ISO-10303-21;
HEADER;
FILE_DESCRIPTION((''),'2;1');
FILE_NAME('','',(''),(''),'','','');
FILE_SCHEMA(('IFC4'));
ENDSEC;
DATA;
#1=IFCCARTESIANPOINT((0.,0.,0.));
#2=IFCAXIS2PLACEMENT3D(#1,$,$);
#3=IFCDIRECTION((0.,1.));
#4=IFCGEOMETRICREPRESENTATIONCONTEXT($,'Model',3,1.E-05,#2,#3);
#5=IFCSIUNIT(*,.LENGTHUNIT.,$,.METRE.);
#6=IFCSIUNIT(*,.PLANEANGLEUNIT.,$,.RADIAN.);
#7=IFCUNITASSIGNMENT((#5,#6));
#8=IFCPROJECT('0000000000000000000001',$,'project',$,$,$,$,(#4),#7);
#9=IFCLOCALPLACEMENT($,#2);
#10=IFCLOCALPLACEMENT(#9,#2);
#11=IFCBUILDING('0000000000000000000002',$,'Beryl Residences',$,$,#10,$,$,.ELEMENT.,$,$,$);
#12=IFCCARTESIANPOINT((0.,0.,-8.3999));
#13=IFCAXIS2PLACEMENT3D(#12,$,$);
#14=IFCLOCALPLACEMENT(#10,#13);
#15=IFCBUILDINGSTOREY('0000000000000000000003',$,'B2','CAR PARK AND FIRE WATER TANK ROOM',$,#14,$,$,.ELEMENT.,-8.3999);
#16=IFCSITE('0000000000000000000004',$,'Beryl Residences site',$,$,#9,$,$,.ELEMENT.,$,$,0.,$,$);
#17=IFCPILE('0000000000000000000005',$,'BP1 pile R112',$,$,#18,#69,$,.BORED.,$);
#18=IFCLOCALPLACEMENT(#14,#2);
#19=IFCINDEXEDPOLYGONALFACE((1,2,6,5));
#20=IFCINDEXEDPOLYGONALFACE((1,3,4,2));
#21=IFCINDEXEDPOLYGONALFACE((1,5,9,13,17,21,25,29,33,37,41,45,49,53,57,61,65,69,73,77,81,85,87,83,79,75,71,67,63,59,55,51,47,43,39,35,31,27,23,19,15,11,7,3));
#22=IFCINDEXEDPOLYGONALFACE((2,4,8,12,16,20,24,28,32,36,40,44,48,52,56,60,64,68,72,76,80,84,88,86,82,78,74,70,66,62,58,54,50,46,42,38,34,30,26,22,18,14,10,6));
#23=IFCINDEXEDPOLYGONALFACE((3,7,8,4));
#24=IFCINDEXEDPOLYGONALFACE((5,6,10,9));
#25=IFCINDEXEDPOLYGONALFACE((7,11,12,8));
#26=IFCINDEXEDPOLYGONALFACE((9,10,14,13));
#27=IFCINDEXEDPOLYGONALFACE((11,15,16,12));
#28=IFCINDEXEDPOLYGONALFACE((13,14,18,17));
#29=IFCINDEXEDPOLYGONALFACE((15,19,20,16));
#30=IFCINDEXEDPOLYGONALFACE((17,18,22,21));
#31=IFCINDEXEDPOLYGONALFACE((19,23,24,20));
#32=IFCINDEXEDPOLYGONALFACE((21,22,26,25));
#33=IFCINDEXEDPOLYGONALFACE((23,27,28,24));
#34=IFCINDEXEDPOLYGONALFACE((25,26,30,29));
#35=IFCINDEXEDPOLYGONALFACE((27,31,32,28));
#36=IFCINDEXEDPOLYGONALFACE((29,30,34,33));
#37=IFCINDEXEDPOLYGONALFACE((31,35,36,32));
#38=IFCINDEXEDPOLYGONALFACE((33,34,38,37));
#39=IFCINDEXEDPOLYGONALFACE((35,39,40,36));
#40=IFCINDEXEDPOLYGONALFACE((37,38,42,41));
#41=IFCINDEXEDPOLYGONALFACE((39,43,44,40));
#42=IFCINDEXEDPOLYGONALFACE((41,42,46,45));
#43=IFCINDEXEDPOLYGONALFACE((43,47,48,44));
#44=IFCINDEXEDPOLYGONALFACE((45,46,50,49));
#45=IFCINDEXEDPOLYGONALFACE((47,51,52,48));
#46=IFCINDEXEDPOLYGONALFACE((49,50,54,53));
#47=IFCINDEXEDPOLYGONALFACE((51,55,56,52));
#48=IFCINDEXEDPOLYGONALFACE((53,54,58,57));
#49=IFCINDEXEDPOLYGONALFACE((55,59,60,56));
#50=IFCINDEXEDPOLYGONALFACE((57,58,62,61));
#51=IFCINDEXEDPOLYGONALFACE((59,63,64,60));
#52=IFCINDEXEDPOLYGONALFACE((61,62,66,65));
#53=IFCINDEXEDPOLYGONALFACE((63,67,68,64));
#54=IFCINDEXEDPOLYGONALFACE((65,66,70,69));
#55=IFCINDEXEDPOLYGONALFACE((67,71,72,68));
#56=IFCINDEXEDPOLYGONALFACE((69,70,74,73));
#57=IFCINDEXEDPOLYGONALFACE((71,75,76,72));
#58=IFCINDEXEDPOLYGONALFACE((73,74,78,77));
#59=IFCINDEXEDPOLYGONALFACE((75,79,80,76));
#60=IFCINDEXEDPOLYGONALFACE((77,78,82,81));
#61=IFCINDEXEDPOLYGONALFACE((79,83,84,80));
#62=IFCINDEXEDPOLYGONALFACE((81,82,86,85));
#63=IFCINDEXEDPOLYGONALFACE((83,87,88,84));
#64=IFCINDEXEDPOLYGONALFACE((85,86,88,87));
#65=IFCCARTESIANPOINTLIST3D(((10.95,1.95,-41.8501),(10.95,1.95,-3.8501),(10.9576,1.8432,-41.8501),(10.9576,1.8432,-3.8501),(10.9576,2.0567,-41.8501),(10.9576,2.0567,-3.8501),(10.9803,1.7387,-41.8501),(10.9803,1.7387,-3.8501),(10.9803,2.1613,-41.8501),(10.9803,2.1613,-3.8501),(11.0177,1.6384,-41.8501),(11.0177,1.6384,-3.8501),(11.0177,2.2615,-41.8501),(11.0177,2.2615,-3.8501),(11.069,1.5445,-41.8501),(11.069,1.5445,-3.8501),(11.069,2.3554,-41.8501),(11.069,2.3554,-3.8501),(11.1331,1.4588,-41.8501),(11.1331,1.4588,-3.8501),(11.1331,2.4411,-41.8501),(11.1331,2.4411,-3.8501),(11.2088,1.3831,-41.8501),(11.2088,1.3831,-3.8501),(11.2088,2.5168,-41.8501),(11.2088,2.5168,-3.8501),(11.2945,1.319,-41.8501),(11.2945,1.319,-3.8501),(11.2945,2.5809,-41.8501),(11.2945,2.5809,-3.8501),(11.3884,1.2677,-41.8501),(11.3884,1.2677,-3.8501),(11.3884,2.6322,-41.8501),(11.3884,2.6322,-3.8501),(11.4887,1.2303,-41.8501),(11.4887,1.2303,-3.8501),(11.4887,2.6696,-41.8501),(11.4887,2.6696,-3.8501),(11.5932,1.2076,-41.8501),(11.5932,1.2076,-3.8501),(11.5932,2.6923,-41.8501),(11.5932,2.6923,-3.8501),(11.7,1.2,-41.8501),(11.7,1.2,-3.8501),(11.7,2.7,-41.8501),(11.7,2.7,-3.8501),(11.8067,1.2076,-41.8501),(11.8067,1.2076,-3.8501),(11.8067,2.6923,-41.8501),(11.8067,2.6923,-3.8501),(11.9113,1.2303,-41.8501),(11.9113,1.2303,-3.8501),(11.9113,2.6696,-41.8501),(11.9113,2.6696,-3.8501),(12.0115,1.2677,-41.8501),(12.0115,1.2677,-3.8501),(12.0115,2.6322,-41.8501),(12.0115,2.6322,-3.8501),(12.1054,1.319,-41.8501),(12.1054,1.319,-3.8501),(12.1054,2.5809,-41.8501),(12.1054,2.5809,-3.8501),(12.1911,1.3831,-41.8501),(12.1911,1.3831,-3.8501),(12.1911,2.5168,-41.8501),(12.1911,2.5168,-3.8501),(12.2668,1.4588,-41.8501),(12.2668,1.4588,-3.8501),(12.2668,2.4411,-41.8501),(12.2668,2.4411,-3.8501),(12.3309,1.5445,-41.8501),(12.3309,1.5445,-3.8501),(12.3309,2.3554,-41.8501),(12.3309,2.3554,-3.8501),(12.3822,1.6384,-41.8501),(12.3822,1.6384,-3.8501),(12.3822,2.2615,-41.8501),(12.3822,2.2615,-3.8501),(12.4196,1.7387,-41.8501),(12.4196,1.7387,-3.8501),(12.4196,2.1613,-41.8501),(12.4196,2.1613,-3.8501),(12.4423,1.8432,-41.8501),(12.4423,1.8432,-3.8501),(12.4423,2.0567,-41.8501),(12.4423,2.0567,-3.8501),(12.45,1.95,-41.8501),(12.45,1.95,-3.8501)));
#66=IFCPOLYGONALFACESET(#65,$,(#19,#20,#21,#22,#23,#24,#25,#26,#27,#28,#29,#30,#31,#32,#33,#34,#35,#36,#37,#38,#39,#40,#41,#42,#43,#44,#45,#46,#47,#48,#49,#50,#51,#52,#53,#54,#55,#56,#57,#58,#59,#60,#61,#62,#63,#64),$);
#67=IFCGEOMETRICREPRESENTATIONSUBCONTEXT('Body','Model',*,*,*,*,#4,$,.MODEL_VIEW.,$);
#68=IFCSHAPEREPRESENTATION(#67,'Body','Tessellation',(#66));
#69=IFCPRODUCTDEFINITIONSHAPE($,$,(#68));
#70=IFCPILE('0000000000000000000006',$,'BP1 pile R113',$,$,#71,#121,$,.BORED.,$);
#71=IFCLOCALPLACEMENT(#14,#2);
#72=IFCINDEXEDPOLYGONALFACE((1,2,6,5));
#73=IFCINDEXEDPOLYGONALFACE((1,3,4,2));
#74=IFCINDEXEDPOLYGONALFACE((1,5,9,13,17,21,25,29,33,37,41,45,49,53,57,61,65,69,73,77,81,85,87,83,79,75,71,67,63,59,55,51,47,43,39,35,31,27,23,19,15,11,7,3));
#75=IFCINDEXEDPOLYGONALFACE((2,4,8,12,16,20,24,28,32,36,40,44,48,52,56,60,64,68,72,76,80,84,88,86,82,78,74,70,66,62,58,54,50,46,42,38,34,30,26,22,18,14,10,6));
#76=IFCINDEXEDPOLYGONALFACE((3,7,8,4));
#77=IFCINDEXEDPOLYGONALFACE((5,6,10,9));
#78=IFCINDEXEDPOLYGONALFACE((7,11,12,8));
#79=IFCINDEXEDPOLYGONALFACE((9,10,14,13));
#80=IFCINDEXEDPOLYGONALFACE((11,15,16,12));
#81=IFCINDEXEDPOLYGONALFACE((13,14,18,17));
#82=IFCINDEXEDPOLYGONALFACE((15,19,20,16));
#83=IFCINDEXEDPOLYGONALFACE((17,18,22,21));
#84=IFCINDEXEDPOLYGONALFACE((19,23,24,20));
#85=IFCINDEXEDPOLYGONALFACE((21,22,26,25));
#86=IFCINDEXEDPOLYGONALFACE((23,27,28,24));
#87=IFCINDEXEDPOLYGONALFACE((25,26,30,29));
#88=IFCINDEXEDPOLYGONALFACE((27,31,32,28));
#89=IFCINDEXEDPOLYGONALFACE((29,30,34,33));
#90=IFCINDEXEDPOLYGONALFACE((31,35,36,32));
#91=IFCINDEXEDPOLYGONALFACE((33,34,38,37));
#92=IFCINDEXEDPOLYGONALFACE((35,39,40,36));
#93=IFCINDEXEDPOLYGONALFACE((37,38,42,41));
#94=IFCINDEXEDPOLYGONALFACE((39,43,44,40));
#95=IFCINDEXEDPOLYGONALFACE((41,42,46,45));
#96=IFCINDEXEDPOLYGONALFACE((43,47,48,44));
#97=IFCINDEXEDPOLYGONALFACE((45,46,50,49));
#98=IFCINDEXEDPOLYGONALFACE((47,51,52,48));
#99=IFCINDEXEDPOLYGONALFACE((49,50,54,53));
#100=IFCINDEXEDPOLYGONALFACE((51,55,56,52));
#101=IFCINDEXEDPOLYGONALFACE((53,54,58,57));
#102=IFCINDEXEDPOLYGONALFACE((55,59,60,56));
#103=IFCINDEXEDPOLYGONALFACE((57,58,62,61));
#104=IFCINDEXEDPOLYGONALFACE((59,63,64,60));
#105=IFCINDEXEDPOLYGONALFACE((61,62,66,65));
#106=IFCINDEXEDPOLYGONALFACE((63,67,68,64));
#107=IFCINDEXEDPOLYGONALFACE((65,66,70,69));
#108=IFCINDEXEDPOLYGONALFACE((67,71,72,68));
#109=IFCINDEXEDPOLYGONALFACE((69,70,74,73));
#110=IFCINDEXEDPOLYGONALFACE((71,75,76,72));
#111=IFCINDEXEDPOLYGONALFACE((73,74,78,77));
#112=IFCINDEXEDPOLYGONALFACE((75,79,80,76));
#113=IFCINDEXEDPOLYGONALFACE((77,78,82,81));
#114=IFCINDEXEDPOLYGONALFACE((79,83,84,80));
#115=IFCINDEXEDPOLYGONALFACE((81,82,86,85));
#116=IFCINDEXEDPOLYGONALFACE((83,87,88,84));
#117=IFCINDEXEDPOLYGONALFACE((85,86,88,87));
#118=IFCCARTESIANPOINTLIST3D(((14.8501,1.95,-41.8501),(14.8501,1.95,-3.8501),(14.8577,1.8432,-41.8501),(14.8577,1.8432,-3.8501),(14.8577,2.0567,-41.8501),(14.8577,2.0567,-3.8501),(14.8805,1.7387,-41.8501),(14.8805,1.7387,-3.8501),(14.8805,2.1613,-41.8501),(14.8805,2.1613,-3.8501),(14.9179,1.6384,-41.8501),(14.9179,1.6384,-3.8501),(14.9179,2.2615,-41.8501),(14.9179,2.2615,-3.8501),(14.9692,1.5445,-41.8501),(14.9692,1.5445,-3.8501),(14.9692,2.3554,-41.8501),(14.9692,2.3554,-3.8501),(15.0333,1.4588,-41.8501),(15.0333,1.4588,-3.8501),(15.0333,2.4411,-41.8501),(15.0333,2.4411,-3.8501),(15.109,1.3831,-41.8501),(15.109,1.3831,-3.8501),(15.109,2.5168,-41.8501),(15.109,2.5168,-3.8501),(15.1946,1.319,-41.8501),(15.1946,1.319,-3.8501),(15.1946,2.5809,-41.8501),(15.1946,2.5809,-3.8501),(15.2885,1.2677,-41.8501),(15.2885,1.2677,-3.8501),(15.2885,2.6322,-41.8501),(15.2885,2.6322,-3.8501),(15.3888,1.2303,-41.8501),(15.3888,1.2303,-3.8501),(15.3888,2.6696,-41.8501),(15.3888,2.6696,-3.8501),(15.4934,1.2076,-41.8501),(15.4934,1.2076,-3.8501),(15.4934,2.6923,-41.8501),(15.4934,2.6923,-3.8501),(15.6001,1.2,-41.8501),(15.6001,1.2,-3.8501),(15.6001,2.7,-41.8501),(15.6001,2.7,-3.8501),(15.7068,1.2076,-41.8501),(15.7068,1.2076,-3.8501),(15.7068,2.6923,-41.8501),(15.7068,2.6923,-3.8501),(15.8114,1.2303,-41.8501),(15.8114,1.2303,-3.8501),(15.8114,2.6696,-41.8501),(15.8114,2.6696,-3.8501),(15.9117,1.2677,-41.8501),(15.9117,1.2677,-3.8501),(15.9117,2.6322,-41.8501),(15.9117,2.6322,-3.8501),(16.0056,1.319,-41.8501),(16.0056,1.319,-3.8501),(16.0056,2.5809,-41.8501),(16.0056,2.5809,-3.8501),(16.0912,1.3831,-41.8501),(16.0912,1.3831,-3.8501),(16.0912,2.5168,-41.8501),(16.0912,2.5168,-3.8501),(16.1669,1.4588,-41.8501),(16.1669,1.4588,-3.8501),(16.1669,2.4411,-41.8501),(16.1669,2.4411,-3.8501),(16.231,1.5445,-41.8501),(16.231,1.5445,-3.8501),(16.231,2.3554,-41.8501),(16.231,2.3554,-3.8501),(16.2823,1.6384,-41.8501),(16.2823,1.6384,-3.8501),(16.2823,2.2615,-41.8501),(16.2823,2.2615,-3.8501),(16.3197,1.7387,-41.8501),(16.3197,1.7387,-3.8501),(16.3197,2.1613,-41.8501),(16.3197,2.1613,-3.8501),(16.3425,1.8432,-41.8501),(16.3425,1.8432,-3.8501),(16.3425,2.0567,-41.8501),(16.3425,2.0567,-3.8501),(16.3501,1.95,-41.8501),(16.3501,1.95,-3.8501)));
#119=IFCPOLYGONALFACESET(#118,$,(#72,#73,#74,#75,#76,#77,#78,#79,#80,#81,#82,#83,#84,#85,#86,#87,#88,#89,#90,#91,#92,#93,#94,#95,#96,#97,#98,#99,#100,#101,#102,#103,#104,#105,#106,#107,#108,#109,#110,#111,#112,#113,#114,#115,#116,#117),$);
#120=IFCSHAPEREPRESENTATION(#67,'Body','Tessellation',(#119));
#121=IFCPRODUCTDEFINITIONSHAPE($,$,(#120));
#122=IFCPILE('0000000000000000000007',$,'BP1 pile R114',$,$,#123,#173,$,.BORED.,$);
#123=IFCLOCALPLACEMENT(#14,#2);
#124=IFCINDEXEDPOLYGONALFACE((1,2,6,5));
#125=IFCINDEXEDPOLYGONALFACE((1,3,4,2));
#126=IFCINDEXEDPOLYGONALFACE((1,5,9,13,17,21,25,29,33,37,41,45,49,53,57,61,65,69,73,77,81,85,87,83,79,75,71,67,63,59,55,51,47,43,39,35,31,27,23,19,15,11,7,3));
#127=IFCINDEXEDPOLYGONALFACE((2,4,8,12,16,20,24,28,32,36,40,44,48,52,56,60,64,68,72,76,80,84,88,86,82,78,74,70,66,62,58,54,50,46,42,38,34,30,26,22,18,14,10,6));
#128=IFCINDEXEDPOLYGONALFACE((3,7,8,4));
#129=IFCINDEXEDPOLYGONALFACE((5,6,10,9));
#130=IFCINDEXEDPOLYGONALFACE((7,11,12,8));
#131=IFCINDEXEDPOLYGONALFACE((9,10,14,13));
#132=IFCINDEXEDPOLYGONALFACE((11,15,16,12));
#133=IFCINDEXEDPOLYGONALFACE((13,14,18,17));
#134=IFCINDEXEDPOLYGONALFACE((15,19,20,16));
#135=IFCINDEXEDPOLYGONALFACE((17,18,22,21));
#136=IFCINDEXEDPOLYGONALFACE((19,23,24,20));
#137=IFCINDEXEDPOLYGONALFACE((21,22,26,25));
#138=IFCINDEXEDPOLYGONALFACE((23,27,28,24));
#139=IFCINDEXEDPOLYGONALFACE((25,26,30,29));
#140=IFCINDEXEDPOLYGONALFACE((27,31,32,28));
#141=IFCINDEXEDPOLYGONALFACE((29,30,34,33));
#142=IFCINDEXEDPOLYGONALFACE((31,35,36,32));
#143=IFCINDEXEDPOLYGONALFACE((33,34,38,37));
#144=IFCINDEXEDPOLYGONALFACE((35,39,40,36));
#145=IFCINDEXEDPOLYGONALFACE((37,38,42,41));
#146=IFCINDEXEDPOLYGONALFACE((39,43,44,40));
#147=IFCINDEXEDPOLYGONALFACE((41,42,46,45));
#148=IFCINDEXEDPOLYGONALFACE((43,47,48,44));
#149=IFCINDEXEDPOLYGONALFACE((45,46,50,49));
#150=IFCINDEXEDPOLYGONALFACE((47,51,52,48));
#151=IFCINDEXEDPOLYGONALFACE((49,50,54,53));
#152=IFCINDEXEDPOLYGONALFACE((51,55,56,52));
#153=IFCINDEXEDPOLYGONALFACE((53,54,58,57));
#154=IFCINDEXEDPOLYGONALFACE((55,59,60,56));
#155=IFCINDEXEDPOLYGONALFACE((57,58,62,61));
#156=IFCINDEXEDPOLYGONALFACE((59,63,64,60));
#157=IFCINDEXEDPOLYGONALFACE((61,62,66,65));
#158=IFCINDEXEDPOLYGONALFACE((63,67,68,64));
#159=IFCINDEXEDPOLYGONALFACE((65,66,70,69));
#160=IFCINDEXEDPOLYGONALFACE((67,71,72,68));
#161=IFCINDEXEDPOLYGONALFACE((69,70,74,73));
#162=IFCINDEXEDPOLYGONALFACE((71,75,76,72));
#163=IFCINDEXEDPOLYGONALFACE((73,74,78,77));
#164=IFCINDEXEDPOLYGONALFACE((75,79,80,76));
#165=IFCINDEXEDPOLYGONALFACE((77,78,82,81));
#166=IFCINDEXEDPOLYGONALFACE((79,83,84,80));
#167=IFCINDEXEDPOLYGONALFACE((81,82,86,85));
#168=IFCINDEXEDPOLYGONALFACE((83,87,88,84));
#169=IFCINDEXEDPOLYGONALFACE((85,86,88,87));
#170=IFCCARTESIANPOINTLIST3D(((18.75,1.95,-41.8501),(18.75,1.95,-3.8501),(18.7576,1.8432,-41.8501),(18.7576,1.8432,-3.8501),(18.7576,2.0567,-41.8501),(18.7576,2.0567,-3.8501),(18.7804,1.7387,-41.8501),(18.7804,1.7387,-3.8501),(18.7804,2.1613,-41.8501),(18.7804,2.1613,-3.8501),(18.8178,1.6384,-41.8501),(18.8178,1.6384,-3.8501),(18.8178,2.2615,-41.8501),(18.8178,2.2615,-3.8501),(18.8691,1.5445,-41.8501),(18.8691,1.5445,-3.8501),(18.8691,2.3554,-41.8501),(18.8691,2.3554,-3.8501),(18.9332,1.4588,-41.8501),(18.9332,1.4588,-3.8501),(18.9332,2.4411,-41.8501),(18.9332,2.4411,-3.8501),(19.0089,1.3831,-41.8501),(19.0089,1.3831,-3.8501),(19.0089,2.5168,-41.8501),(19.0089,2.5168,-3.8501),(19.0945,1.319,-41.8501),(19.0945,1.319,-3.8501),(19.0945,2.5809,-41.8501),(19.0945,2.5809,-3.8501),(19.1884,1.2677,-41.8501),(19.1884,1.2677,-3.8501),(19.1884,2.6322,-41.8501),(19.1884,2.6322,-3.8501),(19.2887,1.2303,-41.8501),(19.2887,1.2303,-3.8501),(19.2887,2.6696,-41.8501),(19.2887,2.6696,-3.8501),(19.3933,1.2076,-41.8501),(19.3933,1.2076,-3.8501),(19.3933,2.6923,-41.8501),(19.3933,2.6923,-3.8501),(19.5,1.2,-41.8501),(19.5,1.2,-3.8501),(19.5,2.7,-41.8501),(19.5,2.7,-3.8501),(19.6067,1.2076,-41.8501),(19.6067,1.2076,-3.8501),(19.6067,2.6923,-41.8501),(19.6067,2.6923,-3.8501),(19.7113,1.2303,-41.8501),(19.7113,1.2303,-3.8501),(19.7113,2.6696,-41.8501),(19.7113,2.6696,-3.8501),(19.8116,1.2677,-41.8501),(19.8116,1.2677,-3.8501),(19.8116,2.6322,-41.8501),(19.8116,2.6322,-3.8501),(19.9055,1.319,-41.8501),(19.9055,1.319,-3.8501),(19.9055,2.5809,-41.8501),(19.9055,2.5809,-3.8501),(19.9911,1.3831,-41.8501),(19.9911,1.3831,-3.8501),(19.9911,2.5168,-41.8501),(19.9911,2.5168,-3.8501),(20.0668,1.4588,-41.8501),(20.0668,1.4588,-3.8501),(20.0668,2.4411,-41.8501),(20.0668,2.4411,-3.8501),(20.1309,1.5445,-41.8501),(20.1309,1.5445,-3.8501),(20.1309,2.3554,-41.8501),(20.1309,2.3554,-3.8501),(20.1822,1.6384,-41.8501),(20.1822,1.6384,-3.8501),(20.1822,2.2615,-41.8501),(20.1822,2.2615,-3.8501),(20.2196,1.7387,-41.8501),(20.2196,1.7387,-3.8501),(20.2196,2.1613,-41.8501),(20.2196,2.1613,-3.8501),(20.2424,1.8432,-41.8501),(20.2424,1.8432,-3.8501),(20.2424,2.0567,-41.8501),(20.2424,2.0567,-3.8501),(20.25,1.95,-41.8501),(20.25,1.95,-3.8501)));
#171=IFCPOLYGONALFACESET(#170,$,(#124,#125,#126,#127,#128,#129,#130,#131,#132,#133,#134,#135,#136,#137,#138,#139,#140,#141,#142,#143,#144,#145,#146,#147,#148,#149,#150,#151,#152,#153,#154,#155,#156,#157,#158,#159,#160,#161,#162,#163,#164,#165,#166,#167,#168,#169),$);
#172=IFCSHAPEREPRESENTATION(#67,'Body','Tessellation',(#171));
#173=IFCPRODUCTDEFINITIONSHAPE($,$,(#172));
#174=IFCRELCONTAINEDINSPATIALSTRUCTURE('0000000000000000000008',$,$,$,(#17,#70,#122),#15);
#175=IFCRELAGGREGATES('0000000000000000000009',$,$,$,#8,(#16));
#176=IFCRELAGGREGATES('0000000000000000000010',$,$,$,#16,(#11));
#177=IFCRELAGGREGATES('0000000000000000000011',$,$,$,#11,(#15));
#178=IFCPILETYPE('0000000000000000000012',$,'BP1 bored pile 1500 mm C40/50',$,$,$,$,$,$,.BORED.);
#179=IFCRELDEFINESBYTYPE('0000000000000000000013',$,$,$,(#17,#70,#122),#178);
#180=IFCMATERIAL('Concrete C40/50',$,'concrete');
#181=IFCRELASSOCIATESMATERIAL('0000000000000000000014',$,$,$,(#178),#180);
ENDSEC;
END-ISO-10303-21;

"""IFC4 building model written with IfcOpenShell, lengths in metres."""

from ifc_helpers import new_model, si_unit, direction, frame, origin, origin_2d, place, context, subcontext, project, spatial, circle, extrude, material, material_profile, profile_set, type_object, element, save


model = new_model("IFC4")

# Units and contexts
model_context = context("Model", 3, precision=1e-05, world=origin(), true_north=direction((0.0, 1.0)))
body_context = subcontext(model_context, "Body", "Model", "MODEL_VIEW")
ifc_project = project(units=[si_unit("LENGTHUNIT", "METRE"), si_unit("PLANEANGLEUNIT", "RADIAN")], contexts=[model_context])

# Site, building, storey
site_placement = place(None, origin())
site = spatial("IfcSite", under=ifc_project, at=site_placement, Name="Beryl Residences site", CompositionType="ELEMENT", RefElevation=0.0)
building_placement = place(site_placement, origin())
building = spatial("IfcBuilding", under=site, at=building_placement, Name="Beryl Residences", CompositionType="ELEMENT")
storey_placement = place(building_placement, frame((0.0, 0.0, -8.3999)))
storey = spatial("IfcBuildingStorey", under=building, at=storey_placement, Name="B2", Description="CAR PARK AND FIRE WATER TANK ROOM", CompositionType="ELEMENT", Elevation=-8.3999)

# Piles
ifc_material_1 = material(Name="Concrete C40/50", Category="concrete")
ifc_material_profile_1 = material_profile(ifc_material_1, circle(Radius=0.75, at=origin_2d()))
ifc_profile_set_1 = profile_set([ifc_material_profile_1], Name="Concrete C40/50")
pile_type = type_object("IfcPileType", Name="BP1 bored pile 1500 mm C40/50", PredefinedType="BORED", material=ifc_profile_set_1)
for number, where, z_axis, x_axis, name in (
    (1, (11.7, 1.95, -3.8501), (0.0, 0.0, -1.0), (1.0, 0.0, 0.0), "BP1 pile R112"),
    (2, (15.6001, 1.95, -3.8501), (0.0, 0.0, -1.0), (1.0, 0.0, 0.0), "BP1 pile R113"),
    (3, (19.5, 1.95, -3.8501), (0.0, 0.0, -1.0), (1.0, 0.0, 0.0), "BP1 pile R114"),
):
    element("IfcPile", number, at=place(storey_placement, frame(where, z_axis=z_axis, x_axis=x_axis)), inside=storey, type_object=pile_type, Name=name, PredefinedType="BORED", context=body_context, shape_type="SweptSolid", body=[
        extrude(circle(Radius=0.75, at=origin_2d()), origin(), (0.0, 0.0, 1.0), 38.0),
    ])

save(model, "model.ifc")
